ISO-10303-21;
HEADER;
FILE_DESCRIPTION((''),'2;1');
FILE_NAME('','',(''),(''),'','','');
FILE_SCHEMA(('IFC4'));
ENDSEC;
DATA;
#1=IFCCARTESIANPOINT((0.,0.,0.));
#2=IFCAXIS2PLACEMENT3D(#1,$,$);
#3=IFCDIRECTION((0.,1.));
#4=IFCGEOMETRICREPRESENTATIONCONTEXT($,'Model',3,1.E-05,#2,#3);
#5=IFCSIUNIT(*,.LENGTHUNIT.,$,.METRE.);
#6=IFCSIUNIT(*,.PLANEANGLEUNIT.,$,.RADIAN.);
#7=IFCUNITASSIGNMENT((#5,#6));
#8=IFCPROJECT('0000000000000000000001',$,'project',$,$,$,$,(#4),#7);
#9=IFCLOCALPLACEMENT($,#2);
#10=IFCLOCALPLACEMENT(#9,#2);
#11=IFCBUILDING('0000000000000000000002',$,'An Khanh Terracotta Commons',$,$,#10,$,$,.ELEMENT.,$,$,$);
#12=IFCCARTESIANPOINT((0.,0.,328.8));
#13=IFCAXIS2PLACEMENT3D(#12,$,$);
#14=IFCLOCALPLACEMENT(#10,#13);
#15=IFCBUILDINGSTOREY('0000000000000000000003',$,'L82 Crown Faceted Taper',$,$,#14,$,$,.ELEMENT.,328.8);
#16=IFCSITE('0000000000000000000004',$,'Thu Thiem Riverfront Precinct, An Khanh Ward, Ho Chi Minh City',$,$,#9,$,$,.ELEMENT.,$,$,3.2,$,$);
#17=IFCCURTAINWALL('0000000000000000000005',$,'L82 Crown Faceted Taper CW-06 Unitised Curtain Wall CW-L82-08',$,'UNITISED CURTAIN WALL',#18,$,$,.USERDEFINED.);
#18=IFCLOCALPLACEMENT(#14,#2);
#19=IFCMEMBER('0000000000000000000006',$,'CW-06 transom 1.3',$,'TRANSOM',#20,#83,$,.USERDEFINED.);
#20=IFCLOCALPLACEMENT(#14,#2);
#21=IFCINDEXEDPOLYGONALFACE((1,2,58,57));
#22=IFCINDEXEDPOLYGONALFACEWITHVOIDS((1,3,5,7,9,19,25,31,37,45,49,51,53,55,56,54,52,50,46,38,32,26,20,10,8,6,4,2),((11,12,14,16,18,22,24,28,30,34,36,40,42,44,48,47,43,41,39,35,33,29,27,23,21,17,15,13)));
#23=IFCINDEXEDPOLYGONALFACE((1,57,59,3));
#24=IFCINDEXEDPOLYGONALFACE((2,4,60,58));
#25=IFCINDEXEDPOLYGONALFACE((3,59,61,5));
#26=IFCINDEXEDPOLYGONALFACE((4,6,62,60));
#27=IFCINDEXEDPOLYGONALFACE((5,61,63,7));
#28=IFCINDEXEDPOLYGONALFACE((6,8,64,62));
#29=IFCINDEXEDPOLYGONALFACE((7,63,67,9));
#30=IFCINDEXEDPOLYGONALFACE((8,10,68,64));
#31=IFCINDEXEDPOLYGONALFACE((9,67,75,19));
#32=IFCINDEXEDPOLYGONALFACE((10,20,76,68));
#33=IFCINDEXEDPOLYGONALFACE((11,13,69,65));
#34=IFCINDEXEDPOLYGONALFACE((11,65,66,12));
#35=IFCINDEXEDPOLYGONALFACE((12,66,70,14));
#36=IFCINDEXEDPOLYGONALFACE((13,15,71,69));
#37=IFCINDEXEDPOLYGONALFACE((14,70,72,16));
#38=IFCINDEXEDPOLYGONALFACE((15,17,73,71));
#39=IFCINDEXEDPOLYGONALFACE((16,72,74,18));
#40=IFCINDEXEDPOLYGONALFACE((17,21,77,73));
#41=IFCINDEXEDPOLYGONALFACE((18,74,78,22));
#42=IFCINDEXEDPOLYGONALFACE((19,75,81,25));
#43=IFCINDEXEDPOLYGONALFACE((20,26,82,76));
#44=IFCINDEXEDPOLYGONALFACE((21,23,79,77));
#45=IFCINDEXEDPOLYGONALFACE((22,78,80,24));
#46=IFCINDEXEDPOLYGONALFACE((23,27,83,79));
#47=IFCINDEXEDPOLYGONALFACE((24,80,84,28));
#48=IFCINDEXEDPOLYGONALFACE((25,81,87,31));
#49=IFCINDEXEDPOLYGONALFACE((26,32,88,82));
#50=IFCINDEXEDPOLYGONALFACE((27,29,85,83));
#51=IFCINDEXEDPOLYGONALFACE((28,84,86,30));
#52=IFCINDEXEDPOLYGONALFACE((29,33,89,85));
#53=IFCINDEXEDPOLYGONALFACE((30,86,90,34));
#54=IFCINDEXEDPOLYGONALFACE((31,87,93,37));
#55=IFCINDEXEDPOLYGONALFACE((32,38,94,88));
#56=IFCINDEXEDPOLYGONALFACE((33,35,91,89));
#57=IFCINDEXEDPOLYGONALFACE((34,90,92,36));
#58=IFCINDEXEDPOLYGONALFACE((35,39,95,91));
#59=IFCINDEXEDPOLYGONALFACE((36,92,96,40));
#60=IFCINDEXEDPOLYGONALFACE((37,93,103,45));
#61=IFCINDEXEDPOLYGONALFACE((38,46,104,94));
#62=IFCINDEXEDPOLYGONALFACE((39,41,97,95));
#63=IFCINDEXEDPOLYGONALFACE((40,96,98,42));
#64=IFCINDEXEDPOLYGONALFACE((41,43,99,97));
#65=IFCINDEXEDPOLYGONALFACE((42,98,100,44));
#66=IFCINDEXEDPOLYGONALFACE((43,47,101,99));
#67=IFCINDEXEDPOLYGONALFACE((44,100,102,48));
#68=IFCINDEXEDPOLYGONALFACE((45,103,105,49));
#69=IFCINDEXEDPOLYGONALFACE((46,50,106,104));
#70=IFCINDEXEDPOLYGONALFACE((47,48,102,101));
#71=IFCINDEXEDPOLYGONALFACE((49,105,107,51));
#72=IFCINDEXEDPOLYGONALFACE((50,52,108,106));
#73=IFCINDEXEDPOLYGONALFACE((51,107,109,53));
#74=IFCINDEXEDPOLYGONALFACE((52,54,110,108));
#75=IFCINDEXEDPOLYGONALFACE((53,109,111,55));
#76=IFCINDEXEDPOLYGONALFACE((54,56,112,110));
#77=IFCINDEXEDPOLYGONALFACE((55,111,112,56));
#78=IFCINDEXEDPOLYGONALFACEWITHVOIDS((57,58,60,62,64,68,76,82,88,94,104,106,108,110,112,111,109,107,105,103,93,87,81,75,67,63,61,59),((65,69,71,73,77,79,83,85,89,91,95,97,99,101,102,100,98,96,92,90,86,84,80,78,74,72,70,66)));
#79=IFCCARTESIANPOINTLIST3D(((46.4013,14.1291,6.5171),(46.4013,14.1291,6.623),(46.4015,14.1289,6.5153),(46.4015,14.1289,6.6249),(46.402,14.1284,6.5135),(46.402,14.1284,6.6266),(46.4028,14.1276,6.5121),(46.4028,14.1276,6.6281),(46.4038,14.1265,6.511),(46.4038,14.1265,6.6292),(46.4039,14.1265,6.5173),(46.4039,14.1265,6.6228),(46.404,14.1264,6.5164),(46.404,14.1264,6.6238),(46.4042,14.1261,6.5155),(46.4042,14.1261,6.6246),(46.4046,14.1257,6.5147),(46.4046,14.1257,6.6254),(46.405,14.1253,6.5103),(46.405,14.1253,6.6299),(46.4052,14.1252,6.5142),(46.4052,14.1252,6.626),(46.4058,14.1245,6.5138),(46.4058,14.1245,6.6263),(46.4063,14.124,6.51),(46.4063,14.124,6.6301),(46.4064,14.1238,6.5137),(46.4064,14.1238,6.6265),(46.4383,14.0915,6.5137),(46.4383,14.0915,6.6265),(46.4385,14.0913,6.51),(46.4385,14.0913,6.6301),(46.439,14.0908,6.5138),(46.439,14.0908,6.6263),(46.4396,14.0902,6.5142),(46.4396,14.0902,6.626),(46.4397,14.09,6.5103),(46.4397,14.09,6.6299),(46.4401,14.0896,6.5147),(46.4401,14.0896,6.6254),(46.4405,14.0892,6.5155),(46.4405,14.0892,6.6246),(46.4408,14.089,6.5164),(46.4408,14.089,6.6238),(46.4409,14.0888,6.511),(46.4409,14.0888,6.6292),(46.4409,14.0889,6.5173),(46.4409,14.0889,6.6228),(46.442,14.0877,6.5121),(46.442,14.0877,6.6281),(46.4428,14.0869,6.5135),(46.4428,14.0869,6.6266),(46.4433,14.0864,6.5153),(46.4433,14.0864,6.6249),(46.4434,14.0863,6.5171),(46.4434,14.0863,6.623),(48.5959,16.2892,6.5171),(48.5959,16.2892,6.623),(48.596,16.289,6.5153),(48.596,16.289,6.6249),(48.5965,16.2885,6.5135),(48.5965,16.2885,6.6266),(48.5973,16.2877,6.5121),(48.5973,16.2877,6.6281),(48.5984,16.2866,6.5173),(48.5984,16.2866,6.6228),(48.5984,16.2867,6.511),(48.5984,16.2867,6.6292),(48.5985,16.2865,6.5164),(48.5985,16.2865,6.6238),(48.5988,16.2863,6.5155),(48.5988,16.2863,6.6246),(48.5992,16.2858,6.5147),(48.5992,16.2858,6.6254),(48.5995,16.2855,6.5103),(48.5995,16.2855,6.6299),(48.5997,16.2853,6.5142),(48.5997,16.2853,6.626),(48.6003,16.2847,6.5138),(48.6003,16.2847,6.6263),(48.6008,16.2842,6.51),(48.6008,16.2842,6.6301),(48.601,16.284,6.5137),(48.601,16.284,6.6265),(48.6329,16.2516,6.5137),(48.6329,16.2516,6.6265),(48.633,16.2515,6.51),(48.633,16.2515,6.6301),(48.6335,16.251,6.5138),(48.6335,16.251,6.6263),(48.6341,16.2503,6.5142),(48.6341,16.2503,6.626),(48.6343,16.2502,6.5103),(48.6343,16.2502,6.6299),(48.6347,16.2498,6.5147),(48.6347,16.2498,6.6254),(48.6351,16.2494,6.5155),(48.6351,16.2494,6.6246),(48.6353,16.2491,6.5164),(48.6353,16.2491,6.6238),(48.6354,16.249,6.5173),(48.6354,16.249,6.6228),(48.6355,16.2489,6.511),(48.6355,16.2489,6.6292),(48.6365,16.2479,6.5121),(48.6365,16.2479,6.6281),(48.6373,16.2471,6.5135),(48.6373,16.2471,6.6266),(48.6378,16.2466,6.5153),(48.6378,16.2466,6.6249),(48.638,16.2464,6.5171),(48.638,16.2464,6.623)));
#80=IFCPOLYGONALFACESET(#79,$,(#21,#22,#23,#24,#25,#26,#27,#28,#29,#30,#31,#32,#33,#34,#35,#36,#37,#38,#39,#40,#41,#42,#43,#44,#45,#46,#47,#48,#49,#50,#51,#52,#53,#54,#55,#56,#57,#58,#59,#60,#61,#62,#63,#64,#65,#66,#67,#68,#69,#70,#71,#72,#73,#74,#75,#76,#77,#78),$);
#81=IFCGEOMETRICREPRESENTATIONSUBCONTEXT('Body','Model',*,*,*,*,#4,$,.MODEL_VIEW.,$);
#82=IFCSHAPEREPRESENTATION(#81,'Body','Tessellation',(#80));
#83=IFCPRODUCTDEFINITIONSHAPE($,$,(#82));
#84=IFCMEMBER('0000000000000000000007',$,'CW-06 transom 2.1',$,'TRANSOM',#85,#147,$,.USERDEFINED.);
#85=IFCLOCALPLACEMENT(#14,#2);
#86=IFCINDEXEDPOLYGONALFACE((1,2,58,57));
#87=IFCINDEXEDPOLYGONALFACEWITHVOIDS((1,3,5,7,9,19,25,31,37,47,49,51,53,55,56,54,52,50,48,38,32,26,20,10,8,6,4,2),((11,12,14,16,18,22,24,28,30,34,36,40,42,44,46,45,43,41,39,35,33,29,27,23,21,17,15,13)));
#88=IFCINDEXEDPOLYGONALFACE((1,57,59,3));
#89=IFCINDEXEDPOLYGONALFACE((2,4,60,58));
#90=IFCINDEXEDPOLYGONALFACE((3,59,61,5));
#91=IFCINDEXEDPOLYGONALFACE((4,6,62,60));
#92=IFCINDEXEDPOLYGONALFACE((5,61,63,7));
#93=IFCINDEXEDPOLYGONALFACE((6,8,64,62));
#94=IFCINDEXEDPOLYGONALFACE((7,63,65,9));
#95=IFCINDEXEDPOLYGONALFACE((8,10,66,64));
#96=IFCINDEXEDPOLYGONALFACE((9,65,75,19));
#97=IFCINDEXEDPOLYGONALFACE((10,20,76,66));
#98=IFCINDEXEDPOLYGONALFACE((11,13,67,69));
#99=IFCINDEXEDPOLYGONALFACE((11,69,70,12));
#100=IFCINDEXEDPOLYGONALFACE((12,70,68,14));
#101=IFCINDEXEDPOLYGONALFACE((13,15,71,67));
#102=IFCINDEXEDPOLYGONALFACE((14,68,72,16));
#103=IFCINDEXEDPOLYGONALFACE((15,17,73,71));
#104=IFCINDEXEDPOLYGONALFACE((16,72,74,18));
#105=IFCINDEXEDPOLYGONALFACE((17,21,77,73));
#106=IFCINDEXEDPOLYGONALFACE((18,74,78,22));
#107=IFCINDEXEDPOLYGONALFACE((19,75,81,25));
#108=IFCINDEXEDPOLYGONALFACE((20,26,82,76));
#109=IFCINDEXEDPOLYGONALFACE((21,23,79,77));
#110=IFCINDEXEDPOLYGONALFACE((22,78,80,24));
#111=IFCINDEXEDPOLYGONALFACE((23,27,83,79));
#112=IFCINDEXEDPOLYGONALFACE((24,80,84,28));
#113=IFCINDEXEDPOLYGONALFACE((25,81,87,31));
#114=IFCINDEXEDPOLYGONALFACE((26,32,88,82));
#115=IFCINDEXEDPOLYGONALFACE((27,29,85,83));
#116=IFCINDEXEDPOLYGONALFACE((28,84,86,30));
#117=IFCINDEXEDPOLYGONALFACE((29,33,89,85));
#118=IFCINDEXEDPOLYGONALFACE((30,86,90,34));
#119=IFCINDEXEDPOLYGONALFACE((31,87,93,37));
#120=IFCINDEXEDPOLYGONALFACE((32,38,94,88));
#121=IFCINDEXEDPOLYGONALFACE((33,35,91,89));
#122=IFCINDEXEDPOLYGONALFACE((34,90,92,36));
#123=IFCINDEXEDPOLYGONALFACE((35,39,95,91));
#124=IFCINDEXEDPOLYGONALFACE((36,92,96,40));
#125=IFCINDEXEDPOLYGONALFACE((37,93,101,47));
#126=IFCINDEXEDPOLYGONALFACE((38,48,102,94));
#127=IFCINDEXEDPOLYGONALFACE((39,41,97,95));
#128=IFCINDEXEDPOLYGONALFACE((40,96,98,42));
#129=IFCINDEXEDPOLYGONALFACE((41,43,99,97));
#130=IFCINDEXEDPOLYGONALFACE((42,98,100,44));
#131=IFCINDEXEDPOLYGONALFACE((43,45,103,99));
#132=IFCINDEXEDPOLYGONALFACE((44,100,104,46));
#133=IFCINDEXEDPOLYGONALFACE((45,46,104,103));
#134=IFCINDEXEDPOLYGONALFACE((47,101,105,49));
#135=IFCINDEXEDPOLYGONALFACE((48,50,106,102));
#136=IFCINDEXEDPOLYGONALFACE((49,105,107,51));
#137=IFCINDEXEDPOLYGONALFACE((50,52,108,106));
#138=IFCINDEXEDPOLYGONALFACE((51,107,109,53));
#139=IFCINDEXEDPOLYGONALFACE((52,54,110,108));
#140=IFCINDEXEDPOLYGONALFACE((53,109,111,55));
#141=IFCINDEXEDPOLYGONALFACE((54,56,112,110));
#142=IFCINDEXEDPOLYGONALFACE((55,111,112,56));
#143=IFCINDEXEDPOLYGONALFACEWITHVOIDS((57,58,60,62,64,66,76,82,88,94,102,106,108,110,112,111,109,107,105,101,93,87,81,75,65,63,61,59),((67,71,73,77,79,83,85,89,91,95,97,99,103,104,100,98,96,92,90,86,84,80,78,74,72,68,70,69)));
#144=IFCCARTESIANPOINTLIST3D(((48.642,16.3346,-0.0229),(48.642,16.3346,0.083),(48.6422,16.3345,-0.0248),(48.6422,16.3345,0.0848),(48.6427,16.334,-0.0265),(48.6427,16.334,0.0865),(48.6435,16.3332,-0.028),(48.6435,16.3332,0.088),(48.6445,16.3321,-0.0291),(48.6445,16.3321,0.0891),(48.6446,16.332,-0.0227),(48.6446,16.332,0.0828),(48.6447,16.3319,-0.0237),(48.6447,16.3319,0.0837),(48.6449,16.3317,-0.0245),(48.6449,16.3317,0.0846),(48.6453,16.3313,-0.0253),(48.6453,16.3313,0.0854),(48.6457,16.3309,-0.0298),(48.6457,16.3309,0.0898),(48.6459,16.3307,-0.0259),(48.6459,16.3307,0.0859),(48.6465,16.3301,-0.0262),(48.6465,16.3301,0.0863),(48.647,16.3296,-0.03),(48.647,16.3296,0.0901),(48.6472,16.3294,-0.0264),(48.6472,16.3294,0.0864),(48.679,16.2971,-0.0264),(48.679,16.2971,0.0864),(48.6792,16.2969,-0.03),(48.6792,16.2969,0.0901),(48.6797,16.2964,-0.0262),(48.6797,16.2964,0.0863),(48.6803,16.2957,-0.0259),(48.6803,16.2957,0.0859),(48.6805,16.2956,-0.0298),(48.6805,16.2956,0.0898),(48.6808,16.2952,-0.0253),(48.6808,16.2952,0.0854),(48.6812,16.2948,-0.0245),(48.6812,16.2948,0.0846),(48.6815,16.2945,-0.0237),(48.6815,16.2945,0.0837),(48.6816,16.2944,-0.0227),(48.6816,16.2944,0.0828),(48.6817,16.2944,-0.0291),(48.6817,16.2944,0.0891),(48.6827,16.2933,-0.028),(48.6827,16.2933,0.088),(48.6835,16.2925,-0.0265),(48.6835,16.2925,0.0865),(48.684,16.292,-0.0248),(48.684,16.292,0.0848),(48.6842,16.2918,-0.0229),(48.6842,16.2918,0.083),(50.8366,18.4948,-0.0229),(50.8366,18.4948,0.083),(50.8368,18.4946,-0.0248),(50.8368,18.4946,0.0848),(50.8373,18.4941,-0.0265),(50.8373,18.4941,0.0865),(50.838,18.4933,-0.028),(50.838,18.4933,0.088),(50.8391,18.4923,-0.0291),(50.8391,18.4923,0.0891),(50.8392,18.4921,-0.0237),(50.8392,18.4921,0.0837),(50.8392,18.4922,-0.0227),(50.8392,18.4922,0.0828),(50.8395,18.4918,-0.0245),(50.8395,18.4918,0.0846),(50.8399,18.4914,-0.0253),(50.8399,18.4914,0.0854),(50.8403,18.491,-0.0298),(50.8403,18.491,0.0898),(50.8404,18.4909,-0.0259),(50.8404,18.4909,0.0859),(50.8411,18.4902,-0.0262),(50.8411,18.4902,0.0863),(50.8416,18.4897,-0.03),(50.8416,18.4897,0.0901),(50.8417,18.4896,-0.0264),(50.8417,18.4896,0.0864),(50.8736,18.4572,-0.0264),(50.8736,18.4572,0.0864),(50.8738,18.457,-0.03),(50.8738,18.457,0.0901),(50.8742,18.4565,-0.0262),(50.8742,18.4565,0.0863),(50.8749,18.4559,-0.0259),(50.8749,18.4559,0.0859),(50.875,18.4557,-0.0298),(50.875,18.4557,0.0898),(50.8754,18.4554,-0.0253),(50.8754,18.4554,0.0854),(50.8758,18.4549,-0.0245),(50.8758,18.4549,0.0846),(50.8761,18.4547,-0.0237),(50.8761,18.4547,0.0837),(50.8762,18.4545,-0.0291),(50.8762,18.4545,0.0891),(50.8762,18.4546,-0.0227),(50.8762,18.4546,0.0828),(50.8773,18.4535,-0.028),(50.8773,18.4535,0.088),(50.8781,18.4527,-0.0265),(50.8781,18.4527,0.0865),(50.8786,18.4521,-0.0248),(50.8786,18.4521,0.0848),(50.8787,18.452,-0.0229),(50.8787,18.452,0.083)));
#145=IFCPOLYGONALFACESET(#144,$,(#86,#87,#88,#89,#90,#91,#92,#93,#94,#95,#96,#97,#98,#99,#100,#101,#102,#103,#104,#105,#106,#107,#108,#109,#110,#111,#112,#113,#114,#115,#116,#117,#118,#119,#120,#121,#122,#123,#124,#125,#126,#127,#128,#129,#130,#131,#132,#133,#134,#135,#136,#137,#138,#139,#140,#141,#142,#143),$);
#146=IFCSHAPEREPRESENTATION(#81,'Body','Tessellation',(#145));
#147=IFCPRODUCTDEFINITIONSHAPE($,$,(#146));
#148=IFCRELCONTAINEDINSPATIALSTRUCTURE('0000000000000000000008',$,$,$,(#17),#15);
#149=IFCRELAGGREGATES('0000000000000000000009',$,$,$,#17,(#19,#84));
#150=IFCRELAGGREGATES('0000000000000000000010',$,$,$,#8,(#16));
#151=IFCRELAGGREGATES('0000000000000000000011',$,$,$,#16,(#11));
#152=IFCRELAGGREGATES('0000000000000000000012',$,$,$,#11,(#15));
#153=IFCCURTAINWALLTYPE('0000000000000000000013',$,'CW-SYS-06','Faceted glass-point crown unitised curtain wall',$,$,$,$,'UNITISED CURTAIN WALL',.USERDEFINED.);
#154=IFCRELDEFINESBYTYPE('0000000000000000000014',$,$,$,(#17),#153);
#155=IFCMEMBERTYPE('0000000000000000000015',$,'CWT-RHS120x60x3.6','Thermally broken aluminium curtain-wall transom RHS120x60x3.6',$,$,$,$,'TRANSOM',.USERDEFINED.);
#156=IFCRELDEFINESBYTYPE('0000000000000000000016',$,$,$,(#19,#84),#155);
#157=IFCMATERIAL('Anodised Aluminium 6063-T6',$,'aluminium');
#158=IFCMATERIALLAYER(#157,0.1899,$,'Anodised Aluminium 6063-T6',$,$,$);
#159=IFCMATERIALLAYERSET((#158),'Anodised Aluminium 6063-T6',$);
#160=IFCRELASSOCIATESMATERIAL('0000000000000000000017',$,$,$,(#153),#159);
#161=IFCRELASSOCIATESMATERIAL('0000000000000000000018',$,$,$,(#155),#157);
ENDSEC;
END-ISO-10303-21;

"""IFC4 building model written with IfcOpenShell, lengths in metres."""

from ifc_helpers import new_model, si_unit, direction, frame, origin, origin_2d, place, context, subcontext, project, spatial, hollow_rectangle, extrude, material, layer, layer_set, material_profile, profile_set, type_object, element, aggregate, save


model = new_model("IFC4")

# Units and contexts
model_context = context("Model", 3, precision=1e-05, world=origin(), true_north=direction((0.0, 1.0)))
body_context = subcontext(model_context, "Body", "Model", "MODEL_VIEW")
ifc_project = project(units=[si_unit("LENGTHUNIT", "METRE"), si_unit("PLANEANGLEUNIT", "RADIAN")], contexts=[model_context])

# Site, building, storey
site_placement = place(None, origin())
site = spatial("IfcSite", under=ifc_project, at=site_placement, Name="Thu Thiem Riverfront Precinct, An Khanh Ward, Ho Chi Minh City", CompositionType="ELEMENT", RefElevation=3.2)
building_placement = place(site_placement, origin())
building = spatial("IfcBuilding", under=site, at=building_placement, Name="An Khanh Terracotta Commons", CompositionType="ELEMENT")
storey_placement = place(building_placement, frame((0.0, 0.0, 328.8)))
storey = spatial("IfcBuildingStorey", under=building, at=storey_placement, Name="L82 Crown Faceted Taper", CompositionType="ELEMENT", Elevation=328.8)

# Shared definitions
ifc_material_1 = material(Name="Anodised Aluminium 6063-T6", Category="aluminium")
ifc_layer_1 = layer(ifc_material_1, 0.1899, Name="Anodised Aluminium 6063-T6")
ifc_layer_set_1 = layer_set([ifc_layer_1], Name="Anodised Aluminium 6063-T6")
curtain_wall_type = type_object("IfcCurtainWallType", Name="CW-SYS-06", Description="Faceted glass-point crown unitised curtain wall", ElementType="UNITISED CURTAIN WALL", PredefinedType="USERDEFINED", material=ifc_layer_set_1)

# Curtain wall
curtain_wall_1_placement = place(storey_placement, origin())
curtain_wall_1 = element("IfcCurtainWall", 1, at=curtain_wall_1_placement, inside=storey, type_object=curtain_wall_type, Name="L82 Crown Faceted Taper CW-06 Unitised Curtain Wall CW-L82-08", ObjectType="UNITISED CURTAIN WALL", PredefinedType="USERDEFINED")

# Members
ifc_material_profile_1 = material_profile(ifc_material_1, hollow_rectangle(XDim=0.0601, YDim=0.1201, WallThickness=0.0037, InnerFilletRadius=0.0037, OuterFilletRadius=0.0071, at=origin_2d()), Name="RHS120x60x3.6")
ifc_profile_set_1 = profile_set([ifc_material_profile_1], Name="Anodised Aluminium 6063-T6")
member_type_1 = type_object("IfcMemberType", Name="CWT-RHS120x60x3.6", Description="Thermally broken aluminium curtain-wall transom RHS120x60x3.6", ElementType="TRANSOM", PredefinedType="USERDEFINED", material=ifc_profile_set_1)
member_1_placement = place(storey_placement, frame((46.4224, 14.1077, 6.5701), z_axis=(0.712674, 0.701495, 0.0), x_axis=(-0.701495, 0.712674, 0.0)))
member_1 = element("IfcMember", 2, at=member_1_placement, type_object=member_type_1, Name="CW-06 transom 1.3", ObjectType="TRANSOM", PredefinedType="USERDEFINED", context=body_context, shape_type="SweptSolid", body=[
    extrude(hollow_rectangle(XDim=0.0601, YDim=0.1201, WallThickness=0.0037, InnerFilletRadius=0.0037, OuterFilletRadius=0.0071, at=origin_2d()), origin(), (0.0, 0.0, 1.0), 3.0793),
])
member_2_placement = place(storey_placement, frame((48.6631, 16.3132, 0.03), z_axis=(0.712674, 0.701495, 0.0), x_axis=(-0.701495, 0.712674, 0.0)))
member_2 = element("IfcMember", 3, at=member_2_placement, type_object=member_type_1, Name="CW-06 transom 2.1", ObjectType="TRANSOM", PredefinedType="USERDEFINED", context=body_context, shape_type="SweptSolid", body=[
    extrude(hollow_rectangle(XDim=0.0601, YDim=0.1201, WallThickness=0.0037, InnerFilletRadius=0.0037, OuterFilletRadius=0.0071, at=origin_2d()), origin(), (0.0, 0.0, 1.0), 3.0793),
])

aggregate(curtain_wall_1, [member_1, member_2])

save(model, "model.ifc")
